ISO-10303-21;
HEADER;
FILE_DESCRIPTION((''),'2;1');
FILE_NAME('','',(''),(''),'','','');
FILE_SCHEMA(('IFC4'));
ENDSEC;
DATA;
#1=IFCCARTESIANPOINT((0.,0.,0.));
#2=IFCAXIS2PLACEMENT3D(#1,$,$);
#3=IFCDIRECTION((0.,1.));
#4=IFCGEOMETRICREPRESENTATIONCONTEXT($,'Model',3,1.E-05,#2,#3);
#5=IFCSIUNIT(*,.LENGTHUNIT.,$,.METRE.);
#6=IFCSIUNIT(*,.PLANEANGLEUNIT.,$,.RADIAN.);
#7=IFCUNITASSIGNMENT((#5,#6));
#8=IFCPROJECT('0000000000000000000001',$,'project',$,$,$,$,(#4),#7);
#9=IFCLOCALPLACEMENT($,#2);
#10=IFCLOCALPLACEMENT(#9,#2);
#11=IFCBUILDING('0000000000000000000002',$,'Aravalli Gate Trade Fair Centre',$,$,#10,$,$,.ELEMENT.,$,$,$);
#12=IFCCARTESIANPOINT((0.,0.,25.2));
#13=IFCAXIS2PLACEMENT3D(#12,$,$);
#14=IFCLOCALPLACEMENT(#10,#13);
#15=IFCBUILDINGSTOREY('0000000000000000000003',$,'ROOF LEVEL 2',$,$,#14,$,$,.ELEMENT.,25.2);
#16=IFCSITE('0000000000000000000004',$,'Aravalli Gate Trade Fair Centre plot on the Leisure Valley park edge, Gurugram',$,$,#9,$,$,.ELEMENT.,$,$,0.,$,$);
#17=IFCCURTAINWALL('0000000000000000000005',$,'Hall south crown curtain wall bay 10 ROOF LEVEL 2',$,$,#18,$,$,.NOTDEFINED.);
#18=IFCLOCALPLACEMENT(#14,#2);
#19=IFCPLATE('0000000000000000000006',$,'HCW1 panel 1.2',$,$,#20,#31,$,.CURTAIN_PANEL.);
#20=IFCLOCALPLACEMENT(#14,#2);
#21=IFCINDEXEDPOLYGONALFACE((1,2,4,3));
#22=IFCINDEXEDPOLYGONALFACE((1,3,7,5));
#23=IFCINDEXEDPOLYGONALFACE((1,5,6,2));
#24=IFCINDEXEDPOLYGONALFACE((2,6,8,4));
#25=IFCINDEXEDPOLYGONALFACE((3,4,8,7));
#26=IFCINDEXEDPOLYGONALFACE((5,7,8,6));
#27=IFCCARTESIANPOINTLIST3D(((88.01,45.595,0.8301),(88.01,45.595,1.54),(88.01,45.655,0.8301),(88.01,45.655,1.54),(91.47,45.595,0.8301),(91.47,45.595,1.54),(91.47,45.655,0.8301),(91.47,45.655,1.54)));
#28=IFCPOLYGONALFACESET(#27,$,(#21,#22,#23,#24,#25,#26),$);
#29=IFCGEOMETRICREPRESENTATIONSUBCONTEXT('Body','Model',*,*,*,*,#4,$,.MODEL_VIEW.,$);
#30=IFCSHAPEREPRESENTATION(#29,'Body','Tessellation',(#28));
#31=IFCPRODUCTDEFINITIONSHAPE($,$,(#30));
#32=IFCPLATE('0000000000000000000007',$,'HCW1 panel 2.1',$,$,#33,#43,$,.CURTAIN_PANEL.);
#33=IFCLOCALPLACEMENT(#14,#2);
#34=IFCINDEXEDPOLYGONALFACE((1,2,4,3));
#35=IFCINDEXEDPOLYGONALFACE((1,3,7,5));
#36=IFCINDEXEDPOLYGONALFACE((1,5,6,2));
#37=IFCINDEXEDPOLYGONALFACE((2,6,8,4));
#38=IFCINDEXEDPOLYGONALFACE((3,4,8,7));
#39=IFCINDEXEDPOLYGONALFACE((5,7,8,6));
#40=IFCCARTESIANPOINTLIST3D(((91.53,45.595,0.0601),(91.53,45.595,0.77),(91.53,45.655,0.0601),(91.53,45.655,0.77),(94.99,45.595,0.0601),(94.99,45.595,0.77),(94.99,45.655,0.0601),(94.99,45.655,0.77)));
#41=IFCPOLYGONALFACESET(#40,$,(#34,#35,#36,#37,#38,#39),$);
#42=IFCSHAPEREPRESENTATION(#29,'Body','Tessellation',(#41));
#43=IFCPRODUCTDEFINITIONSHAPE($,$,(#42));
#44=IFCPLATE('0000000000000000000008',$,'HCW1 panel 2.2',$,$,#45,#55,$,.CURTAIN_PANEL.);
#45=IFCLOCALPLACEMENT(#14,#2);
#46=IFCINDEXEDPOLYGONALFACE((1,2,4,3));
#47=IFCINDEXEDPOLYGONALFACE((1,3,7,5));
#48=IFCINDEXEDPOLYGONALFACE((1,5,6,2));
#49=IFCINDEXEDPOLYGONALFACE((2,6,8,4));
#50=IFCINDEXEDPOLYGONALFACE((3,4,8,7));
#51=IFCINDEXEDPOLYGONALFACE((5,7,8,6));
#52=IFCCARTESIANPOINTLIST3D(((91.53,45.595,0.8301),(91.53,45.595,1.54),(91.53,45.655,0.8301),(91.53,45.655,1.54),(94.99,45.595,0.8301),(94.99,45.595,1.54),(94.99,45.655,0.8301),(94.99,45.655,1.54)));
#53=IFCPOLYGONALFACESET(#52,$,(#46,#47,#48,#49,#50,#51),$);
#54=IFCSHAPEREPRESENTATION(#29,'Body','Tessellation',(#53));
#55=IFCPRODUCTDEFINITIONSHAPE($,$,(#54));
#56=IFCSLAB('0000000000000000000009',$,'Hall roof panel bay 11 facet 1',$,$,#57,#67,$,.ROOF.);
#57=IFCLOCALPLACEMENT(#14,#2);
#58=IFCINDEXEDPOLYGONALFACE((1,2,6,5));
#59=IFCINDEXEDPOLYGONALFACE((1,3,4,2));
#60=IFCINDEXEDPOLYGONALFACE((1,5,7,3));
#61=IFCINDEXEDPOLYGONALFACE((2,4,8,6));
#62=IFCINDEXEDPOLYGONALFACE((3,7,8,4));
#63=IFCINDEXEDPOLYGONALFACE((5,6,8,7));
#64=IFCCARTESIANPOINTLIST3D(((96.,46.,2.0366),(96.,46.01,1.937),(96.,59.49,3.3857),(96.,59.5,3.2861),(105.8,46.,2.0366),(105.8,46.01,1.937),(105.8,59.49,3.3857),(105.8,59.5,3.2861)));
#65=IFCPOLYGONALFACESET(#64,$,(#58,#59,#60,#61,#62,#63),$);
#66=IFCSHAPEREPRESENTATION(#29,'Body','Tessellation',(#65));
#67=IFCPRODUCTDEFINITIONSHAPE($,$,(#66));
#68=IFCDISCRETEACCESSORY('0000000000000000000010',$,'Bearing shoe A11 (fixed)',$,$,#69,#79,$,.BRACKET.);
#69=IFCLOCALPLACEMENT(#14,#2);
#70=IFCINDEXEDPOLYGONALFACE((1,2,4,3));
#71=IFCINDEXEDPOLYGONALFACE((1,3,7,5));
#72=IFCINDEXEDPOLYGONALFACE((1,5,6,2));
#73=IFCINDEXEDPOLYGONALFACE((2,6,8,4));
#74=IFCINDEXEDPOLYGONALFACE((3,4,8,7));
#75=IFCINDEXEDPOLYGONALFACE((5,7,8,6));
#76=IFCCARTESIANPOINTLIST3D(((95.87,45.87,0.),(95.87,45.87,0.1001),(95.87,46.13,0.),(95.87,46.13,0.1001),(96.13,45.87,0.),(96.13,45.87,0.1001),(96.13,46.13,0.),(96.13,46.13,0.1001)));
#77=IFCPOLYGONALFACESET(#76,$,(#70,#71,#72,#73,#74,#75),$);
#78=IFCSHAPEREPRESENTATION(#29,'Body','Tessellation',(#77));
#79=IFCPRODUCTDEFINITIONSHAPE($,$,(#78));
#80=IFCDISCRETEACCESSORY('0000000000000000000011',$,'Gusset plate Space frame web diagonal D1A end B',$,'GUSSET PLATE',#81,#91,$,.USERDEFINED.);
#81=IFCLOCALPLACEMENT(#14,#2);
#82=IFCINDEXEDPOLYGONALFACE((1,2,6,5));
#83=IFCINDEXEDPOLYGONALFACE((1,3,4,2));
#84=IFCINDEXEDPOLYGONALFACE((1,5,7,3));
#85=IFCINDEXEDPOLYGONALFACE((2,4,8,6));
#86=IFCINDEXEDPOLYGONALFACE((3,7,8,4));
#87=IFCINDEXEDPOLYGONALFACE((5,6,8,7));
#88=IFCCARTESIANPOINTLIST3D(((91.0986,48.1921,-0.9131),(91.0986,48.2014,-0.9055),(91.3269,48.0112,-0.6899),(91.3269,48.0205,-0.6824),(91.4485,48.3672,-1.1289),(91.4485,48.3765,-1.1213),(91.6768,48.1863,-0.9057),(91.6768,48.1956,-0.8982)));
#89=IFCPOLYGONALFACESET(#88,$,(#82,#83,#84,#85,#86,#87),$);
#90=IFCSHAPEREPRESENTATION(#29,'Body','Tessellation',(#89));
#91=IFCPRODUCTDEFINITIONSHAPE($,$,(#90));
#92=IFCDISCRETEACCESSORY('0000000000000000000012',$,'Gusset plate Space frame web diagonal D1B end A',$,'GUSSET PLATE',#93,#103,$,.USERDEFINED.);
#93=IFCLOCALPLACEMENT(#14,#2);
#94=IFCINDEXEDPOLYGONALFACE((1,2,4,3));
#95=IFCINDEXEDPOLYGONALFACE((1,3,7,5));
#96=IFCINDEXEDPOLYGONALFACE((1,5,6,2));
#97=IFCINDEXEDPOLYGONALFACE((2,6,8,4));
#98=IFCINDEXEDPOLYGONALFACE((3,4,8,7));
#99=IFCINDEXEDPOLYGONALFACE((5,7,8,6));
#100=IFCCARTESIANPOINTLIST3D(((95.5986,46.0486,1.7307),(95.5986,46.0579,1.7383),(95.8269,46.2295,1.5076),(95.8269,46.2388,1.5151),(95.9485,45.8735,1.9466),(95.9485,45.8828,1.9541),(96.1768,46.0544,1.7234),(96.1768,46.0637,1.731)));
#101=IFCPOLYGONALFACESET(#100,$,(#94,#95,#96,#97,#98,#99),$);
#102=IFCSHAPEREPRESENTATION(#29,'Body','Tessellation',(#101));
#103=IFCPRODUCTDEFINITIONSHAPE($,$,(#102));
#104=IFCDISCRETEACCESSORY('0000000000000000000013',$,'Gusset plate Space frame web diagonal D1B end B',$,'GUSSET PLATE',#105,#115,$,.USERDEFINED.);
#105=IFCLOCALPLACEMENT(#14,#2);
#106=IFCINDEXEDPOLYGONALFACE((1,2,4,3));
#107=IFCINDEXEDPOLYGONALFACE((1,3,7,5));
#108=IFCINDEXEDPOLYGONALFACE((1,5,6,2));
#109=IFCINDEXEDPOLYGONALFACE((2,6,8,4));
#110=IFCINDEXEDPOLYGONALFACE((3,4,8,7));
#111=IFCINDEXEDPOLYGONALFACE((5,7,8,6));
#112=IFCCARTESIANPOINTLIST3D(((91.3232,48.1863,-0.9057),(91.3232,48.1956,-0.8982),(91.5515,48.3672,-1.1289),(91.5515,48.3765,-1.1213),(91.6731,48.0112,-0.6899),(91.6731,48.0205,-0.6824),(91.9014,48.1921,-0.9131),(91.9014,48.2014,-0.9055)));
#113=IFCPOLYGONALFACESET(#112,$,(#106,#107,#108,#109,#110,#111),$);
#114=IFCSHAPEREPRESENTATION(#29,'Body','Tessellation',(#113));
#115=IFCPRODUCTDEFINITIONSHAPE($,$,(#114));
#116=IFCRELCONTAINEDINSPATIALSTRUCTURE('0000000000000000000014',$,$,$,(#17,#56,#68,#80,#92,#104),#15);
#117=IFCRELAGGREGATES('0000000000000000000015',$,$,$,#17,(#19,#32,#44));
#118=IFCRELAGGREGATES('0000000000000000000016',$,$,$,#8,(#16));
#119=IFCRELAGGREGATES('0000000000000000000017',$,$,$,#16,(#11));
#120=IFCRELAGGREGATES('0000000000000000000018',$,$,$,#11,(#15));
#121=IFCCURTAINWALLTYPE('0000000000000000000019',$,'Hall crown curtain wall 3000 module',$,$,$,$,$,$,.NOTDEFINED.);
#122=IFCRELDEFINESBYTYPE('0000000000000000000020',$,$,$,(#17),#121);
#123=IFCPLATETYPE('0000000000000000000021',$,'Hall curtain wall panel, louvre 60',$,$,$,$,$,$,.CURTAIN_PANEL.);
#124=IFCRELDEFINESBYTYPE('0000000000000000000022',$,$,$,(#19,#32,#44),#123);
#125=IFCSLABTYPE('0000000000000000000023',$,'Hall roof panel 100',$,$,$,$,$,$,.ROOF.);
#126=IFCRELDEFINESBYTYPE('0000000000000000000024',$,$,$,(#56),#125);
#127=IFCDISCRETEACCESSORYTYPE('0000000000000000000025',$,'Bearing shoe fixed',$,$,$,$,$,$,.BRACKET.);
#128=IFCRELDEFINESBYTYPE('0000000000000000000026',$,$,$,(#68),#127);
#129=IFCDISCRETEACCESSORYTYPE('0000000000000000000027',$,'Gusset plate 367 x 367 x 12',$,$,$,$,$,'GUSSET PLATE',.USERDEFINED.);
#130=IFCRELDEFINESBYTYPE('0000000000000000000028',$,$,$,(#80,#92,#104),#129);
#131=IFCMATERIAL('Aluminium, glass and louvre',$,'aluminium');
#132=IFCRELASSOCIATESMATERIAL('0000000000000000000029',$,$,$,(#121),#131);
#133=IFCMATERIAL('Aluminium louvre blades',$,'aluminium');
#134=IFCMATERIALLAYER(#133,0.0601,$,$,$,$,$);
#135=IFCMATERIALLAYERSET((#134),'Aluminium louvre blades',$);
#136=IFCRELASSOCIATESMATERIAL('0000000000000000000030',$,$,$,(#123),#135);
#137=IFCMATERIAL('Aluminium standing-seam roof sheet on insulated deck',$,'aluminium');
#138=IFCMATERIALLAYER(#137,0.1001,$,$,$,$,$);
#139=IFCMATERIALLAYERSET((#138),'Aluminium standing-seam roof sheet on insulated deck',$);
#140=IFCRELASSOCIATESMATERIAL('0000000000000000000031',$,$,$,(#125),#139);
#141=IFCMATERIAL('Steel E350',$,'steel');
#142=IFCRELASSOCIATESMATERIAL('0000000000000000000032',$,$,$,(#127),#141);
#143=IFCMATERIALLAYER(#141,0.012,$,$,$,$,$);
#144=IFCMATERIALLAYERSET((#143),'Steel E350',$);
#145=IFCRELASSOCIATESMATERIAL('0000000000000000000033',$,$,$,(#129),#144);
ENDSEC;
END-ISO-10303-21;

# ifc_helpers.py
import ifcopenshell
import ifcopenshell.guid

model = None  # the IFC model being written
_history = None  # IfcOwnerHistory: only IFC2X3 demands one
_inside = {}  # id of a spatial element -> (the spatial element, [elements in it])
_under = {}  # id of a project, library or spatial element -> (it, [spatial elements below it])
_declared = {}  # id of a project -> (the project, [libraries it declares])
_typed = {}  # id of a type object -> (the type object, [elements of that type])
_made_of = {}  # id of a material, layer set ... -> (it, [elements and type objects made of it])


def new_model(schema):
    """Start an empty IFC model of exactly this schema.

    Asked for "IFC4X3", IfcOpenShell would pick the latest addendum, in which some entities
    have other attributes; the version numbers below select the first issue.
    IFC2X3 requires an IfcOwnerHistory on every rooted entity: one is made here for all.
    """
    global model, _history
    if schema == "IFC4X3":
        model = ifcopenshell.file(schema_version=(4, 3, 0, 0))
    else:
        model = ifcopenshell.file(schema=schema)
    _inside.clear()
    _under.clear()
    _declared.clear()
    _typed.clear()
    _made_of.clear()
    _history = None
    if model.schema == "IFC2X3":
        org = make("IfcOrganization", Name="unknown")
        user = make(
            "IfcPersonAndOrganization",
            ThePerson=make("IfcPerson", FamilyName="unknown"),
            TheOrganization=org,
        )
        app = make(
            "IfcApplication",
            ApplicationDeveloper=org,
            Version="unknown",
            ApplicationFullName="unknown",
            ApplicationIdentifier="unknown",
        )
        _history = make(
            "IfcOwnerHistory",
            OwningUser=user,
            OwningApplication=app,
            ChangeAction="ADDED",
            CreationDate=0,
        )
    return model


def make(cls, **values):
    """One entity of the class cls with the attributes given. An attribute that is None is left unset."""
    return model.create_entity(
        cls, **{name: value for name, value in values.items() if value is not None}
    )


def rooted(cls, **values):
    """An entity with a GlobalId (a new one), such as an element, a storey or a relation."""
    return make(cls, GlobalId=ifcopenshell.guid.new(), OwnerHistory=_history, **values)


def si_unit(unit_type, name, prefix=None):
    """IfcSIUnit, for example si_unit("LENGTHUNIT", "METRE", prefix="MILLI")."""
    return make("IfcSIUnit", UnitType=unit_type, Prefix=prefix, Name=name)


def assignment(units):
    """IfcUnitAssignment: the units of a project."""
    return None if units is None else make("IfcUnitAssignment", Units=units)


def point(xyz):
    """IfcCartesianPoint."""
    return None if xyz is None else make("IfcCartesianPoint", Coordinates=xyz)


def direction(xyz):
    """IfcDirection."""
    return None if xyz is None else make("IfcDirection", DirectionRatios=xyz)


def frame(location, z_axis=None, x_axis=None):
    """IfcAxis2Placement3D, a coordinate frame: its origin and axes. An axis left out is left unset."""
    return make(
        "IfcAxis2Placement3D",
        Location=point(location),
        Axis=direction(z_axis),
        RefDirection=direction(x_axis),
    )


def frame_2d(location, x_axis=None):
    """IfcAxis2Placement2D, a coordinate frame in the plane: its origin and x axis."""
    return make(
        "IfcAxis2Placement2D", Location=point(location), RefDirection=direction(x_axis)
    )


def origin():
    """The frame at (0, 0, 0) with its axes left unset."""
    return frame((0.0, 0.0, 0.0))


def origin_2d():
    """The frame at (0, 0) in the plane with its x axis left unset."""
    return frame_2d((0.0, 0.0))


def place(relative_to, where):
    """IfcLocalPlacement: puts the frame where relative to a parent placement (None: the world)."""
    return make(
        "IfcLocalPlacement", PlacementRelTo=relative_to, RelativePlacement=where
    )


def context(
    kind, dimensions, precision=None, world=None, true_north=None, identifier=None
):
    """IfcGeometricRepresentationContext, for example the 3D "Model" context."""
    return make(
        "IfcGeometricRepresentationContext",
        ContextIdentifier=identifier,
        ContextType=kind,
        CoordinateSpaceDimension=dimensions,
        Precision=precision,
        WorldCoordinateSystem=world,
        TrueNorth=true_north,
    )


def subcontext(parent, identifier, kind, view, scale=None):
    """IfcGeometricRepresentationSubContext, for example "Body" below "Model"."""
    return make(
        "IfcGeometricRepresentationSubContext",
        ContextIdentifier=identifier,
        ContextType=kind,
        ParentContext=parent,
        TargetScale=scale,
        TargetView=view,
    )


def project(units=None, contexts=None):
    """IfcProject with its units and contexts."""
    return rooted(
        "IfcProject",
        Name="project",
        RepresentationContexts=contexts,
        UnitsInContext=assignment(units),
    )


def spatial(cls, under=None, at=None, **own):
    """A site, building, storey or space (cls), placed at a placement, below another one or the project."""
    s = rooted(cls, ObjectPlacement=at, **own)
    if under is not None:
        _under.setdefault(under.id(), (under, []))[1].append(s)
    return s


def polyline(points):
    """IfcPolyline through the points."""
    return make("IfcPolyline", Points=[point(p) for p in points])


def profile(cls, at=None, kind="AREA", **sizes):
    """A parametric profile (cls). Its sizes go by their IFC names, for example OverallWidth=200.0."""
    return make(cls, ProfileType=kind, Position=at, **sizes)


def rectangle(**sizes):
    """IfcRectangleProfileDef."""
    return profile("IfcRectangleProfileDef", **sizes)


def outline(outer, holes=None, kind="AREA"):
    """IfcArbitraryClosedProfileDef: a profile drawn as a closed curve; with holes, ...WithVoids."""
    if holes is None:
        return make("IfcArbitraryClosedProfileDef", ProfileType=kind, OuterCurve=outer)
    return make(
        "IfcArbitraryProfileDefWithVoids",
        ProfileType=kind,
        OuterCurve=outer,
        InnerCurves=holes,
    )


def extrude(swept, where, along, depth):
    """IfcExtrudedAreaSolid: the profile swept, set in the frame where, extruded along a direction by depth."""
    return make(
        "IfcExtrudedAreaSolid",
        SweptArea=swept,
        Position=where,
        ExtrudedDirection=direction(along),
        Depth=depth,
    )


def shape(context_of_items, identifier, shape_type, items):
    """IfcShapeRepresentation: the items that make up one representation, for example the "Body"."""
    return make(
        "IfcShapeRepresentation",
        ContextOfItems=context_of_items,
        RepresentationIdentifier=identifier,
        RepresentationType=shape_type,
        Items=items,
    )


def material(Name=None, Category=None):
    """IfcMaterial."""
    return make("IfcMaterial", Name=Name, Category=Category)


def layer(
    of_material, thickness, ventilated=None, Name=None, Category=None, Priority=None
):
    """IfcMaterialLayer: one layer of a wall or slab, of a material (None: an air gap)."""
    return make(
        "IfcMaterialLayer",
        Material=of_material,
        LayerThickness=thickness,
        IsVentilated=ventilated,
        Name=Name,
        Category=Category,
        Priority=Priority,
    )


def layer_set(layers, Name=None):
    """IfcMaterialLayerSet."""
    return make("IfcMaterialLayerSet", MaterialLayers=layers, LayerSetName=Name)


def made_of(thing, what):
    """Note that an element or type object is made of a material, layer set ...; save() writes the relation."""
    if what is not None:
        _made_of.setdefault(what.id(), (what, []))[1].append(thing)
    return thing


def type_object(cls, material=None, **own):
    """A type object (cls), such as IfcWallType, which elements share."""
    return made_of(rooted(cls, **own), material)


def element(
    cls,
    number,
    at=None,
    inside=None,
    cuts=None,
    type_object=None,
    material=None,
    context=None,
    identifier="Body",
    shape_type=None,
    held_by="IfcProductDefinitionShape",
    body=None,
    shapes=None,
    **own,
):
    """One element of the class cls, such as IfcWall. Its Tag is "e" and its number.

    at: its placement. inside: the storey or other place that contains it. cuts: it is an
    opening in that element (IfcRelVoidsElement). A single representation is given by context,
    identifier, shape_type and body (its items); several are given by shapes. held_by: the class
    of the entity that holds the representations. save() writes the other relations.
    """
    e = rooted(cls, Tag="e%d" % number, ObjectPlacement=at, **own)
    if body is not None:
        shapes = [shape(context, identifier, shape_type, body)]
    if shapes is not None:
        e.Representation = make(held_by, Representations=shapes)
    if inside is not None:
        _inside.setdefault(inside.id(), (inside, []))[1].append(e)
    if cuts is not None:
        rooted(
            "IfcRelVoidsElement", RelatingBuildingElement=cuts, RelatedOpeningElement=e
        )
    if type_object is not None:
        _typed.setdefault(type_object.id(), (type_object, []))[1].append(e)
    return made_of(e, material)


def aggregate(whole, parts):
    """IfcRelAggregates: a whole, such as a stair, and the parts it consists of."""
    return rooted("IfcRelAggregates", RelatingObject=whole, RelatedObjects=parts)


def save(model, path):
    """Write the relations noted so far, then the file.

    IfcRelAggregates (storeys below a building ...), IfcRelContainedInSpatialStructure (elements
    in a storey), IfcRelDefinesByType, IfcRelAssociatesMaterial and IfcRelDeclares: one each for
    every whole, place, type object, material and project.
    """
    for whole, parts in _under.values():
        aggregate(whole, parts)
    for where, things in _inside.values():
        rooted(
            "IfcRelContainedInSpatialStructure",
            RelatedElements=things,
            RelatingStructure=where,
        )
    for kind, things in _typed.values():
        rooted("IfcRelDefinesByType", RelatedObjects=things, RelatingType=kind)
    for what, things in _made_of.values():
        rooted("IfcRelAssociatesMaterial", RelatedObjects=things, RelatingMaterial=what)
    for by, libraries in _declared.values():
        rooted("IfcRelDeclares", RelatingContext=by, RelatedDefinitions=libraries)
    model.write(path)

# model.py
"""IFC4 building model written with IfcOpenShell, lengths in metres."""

from ifc_helpers import new_model, si_unit, direction, frame, origin, origin_2d, place, context, subcontext, project, spatial, polyline, rectangle, outline, extrude, material, layer, layer_set, type_object, element, aggregate, save


model = new_model("IFC4")

# Units and contexts
model_context = context("Model", 3, precision=1e-05, world=origin(), true_north=direction((0.0, 1.0)))
body_context = subcontext(model_context, "Body", "Model", "MODEL_VIEW")
ifc_project = project(units=[si_unit("LENGTHUNIT", "METRE"), si_unit("PLANEANGLEUNIT", "RADIAN")], contexts=[model_context])

# Site, building, storey
site_placement = place(None, origin())
site = spatial("IfcSite", under=ifc_project, at=site_placement, Name="Aravalli Gate Trade Fair Centre plot on the Leisure Valley park edge, Gurugram", CompositionType="ELEMENT", RefElevation=0.0)
building_placement = place(site_placement, origin())
building = spatial("IfcBuilding", under=site, at=building_placement, Name="Aravalli Gate Trade Fair Centre", CompositionType="ELEMENT")
storey_placement = place(building_placement, frame((0.0, 0.0, 25.2)))
storey = spatial("IfcBuildingStorey", under=building, at=storey_placement, Name="ROOF LEVEL 2", CompositionType="ELEMENT", Elevation=25.2)

# Shared definitions
ifc_material_1 = material(Name="Steel E350", Category="steel")

# Curtain wall, plates
ifc_material_2 = material(Name="Aluminium, glass and louvre", Category="aluminium")
curtain_wall_type = type_object("IfcCurtainWallType", Name="Hall crown curtain wall 3000 module", PredefinedType="NOTDEFINED", material=ifc_material_2)
curtain_wall_placement = place(storey_placement, origin())
curtain_wall = element("IfcCurtainWall", 1, at=curtain_wall_placement, inside=storey, type_object=curtain_wall_type, Name="Hall south crown curtain wall bay 10 ROOF LEVEL 2", PredefinedType="NOTDEFINED")
ifc_material_3 = material(Name="Aluminium louvre blades", Category="aluminium")
ifc_layer_1 = layer(ifc_material_3, 0.0601)
ifc_layer_set_1 = layer_set([ifc_layer_1], Name="Aluminium louvre blades")
plate_type = type_object("IfcPlateType", Name="Hall curtain wall panel, louvre 60", PredefinedType="CURTAIN_PANEL", material=ifc_layer_set_1)
plate_1_placement = place(storey_placement, frame((89.74, 45.625, 0.8301), z_axis=(0.0, 0.0, 1.0), x_axis=(1.0, 0.0, 0.0)))
plate_1 = element("IfcPlate", 2, at=plate_1_placement, type_object=plate_type, Name="HCW1 panel 1.2", PredefinedType="CURTAIN_PANEL", context=body_context, shape_type="SweptSolid", body=[
    extrude(rectangle(XDim=3.46, YDim=0.0601, at=origin_2d()), origin(), (0.0, 0.0, 1.0), 0.71),
])
plate_2_placement = place(storey_placement, frame((93.26, 45.625, 0.0601), z_axis=(0.0, 0.0, 1.0), x_axis=(1.0, 0.0, 0.0)))
plate_2 = element("IfcPlate", 3, at=plate_2_placement, type_object=plate_type, Name="HCW1 panel 2.1", PredefinedType="CURTAIN_PANEL", context=body_context, shape_type="SweptSolid", body=[
    extrude(rectangle(XDim=3.46, YDim=0.0601, at=origin_2d()), origin(), (0.0, 0.0, 1.0), 0.71),
])
plate_3_placement = place(storey_placement, frame((93.26, 45.625, 0.8301), z_axis=(0.0, 0.0, 1.0), x_axis=(1.0, 0.0, 0.0)))
plate_3 = element("IfcPlate", 4, at=plate_3_placement, type_object=plate_type, Name="HCW1 panel 2.2", PredefinedType="CURTAIN_PANEL", context=body_context, shape_type="SweptSolid", body=[
    extrude(rectangle(XDim=3.46, YDim=0.0601, at=origin_2d()), origin(), (0.0, 0.0, 1.0), 0.71),
])
aggregate(curtain_wall, [plate_1, plate_2, plate_3])

# Slab
ifc_material_4 = material(Name="Aluminium standing-seam roof sheet on insulated deck", Category="aluminium")
ifc_layer_2 = layer(ifc_material_4, 0.1001)
ifc_layer_set_2 = layer_set([ifc_layer_2], Name="Aluminium standing-seam roof sheet on insulated deck")
slab_type = type_object("IfcSlabType", Name="Hall roof panel 100", PredefinedType="ROOF", material=ifc_layer_set_2)
slab_placement = place(storey_placement, frame((96.0, 46.0, 2.0366), z_axis=(0.0, -0.099513, 0.995036), x_axis=(1.0, 0.0, 0.0)))
element("IfcSlab", 5, at=slab_placement, inside=storey, type_object=slab_type, Name="Hall roof panel bay 11 facet 1", PredefinedType="ROOF", context=body_context, shape_type="SweptSolid", body=[
    extrude(outline(polyline([(0.0, 0.0), (9.8, 0.0), (9.8, 13.5573), (0.0, 13.5573), (0.0, 0.0)])), origin(), (0.0, 0.0, -1.0), 0.1001),
])

# Discrete accessories
discrete_accessory_type_1 = type_object("IfcDiscreteAccessoryType", Name="Bearing shoe fixed", PredefinedType="BRACKET", material=ifc_material_1)
discrete_accessory_1_placement = place(storey_placement, frame((96.0, 46.0, 0.0), z_axis=(0.0, 0.0, 1.0), x_axis=(1.0, 0.0, 0.0)))
element("IfcDiscreteAccessory", 6, at=discrete_accessory_1_placement, inside=storey, type_object=discrete_accessory_type_1, Name="Bearing shoe A11 (fixed)", PredefinedType="BRACKET", context=body_context, shape_type="SweptSolid", body=[
    extrude(rectangle(XDim=0.26, YDim=0.26, at=origin_2d()), origin(), (0.0, 0.0, 1.0), 0.1001),
])
ifc_layer_3 = layer(ifc_material_1, 0.012)
ifc_layer_set_3 = layer_set([ifc_layer_3], Name="Steel E350")
discrete_accessory_type_2 = type_object("IfcDiscreteAccessoryType", Name="Gusset plate 367 x 367 x 12", ElementType="GUSSET PLATE", PredefinedType="USERDEFINED", material=ifc_layer_set_3)
discrete_accessory_2_placement = place(storey_placement, frame((91.0986, 48.2014, -0.9055), z_axis=(-0.000107, 0.776736, 0.629826), x_axis=(0.783044, 0.391795, -0.48305)))
element("IfcDiscreteAccessory", 7, at=discrete_accessory_2_placement, inside=storey, type_object=discrete_accessory_type_2, Name="Gusset plate Space frame web diagonal D1A end B", ObjectType="GUSSET PLATE", PredefinedType="USERDEFINED", context=body_context, shape_type="SweptSolid", body=[
    extrude(outline(polyline([(0.0, 0.0), (0.4468, 0.0), (0.4469, -0.3669), (0.0001, -0.3669), (0.0, 0.0)])), origin(), (0.0, 0.0, -1.0), 0.012),
])
discrete_accessory_3_placement = place(storey_placement, frame((95.5986, 46.0579, 1.7383), z_axis=(0.000107, 0.776736, 0.629826), x_axis=(0.783044, -0.391795, 0.48305)))
element("IfcDiscreteAccessory", 8, at=discrete_accessory_3_placement, inside=storey, type_object=discrete_accessory_type_2, Name="Gusset plate Space frame web diagonal D1B end A", ObjectType="GUSSET PLATE", PredefinedType="USERDEFINED", context=body_context, shape_type="SweptSolid", body=[
    extrude(outline(polyline([(0.0, 0.0), (0.4468, 0.0), (0.4469, 0.3669), (0.0001, 0.3669), (0.0, 0.0)])), origin(), (0.0, 0.0, -1.0), 0.012),
])
discrete_accessory_4_placement = place(storey_placement, frame((91.6731, 48.0205, -0.6824), z_axis=(0.000107, 0.776736, 0.629826), x_axis=(-0.783044, 0.391795, -0.48305)))
element("IfcDiscreteAccessory", 9, at=discrete_accessory_4_placement, inside=storey, type_object=discrete_accessory_type_2, Name="Gusset plate Space frame web diagonal D1B end B", ObjectType="GUSSET PLATE", PredefinedType="USERDEFINED", context=body_context, shape_type="SweptSolid", body=[
    extrude(outline(polyline([(0.0, 0.0), (0.4468, 0.0), (0.4467, -0.3669), (-0.0001, -0.3669), (0.0, 0.0)])), origin(), (0.0, 0.0, -1.0), 0.012),
])

save(model, "model.ifc")
